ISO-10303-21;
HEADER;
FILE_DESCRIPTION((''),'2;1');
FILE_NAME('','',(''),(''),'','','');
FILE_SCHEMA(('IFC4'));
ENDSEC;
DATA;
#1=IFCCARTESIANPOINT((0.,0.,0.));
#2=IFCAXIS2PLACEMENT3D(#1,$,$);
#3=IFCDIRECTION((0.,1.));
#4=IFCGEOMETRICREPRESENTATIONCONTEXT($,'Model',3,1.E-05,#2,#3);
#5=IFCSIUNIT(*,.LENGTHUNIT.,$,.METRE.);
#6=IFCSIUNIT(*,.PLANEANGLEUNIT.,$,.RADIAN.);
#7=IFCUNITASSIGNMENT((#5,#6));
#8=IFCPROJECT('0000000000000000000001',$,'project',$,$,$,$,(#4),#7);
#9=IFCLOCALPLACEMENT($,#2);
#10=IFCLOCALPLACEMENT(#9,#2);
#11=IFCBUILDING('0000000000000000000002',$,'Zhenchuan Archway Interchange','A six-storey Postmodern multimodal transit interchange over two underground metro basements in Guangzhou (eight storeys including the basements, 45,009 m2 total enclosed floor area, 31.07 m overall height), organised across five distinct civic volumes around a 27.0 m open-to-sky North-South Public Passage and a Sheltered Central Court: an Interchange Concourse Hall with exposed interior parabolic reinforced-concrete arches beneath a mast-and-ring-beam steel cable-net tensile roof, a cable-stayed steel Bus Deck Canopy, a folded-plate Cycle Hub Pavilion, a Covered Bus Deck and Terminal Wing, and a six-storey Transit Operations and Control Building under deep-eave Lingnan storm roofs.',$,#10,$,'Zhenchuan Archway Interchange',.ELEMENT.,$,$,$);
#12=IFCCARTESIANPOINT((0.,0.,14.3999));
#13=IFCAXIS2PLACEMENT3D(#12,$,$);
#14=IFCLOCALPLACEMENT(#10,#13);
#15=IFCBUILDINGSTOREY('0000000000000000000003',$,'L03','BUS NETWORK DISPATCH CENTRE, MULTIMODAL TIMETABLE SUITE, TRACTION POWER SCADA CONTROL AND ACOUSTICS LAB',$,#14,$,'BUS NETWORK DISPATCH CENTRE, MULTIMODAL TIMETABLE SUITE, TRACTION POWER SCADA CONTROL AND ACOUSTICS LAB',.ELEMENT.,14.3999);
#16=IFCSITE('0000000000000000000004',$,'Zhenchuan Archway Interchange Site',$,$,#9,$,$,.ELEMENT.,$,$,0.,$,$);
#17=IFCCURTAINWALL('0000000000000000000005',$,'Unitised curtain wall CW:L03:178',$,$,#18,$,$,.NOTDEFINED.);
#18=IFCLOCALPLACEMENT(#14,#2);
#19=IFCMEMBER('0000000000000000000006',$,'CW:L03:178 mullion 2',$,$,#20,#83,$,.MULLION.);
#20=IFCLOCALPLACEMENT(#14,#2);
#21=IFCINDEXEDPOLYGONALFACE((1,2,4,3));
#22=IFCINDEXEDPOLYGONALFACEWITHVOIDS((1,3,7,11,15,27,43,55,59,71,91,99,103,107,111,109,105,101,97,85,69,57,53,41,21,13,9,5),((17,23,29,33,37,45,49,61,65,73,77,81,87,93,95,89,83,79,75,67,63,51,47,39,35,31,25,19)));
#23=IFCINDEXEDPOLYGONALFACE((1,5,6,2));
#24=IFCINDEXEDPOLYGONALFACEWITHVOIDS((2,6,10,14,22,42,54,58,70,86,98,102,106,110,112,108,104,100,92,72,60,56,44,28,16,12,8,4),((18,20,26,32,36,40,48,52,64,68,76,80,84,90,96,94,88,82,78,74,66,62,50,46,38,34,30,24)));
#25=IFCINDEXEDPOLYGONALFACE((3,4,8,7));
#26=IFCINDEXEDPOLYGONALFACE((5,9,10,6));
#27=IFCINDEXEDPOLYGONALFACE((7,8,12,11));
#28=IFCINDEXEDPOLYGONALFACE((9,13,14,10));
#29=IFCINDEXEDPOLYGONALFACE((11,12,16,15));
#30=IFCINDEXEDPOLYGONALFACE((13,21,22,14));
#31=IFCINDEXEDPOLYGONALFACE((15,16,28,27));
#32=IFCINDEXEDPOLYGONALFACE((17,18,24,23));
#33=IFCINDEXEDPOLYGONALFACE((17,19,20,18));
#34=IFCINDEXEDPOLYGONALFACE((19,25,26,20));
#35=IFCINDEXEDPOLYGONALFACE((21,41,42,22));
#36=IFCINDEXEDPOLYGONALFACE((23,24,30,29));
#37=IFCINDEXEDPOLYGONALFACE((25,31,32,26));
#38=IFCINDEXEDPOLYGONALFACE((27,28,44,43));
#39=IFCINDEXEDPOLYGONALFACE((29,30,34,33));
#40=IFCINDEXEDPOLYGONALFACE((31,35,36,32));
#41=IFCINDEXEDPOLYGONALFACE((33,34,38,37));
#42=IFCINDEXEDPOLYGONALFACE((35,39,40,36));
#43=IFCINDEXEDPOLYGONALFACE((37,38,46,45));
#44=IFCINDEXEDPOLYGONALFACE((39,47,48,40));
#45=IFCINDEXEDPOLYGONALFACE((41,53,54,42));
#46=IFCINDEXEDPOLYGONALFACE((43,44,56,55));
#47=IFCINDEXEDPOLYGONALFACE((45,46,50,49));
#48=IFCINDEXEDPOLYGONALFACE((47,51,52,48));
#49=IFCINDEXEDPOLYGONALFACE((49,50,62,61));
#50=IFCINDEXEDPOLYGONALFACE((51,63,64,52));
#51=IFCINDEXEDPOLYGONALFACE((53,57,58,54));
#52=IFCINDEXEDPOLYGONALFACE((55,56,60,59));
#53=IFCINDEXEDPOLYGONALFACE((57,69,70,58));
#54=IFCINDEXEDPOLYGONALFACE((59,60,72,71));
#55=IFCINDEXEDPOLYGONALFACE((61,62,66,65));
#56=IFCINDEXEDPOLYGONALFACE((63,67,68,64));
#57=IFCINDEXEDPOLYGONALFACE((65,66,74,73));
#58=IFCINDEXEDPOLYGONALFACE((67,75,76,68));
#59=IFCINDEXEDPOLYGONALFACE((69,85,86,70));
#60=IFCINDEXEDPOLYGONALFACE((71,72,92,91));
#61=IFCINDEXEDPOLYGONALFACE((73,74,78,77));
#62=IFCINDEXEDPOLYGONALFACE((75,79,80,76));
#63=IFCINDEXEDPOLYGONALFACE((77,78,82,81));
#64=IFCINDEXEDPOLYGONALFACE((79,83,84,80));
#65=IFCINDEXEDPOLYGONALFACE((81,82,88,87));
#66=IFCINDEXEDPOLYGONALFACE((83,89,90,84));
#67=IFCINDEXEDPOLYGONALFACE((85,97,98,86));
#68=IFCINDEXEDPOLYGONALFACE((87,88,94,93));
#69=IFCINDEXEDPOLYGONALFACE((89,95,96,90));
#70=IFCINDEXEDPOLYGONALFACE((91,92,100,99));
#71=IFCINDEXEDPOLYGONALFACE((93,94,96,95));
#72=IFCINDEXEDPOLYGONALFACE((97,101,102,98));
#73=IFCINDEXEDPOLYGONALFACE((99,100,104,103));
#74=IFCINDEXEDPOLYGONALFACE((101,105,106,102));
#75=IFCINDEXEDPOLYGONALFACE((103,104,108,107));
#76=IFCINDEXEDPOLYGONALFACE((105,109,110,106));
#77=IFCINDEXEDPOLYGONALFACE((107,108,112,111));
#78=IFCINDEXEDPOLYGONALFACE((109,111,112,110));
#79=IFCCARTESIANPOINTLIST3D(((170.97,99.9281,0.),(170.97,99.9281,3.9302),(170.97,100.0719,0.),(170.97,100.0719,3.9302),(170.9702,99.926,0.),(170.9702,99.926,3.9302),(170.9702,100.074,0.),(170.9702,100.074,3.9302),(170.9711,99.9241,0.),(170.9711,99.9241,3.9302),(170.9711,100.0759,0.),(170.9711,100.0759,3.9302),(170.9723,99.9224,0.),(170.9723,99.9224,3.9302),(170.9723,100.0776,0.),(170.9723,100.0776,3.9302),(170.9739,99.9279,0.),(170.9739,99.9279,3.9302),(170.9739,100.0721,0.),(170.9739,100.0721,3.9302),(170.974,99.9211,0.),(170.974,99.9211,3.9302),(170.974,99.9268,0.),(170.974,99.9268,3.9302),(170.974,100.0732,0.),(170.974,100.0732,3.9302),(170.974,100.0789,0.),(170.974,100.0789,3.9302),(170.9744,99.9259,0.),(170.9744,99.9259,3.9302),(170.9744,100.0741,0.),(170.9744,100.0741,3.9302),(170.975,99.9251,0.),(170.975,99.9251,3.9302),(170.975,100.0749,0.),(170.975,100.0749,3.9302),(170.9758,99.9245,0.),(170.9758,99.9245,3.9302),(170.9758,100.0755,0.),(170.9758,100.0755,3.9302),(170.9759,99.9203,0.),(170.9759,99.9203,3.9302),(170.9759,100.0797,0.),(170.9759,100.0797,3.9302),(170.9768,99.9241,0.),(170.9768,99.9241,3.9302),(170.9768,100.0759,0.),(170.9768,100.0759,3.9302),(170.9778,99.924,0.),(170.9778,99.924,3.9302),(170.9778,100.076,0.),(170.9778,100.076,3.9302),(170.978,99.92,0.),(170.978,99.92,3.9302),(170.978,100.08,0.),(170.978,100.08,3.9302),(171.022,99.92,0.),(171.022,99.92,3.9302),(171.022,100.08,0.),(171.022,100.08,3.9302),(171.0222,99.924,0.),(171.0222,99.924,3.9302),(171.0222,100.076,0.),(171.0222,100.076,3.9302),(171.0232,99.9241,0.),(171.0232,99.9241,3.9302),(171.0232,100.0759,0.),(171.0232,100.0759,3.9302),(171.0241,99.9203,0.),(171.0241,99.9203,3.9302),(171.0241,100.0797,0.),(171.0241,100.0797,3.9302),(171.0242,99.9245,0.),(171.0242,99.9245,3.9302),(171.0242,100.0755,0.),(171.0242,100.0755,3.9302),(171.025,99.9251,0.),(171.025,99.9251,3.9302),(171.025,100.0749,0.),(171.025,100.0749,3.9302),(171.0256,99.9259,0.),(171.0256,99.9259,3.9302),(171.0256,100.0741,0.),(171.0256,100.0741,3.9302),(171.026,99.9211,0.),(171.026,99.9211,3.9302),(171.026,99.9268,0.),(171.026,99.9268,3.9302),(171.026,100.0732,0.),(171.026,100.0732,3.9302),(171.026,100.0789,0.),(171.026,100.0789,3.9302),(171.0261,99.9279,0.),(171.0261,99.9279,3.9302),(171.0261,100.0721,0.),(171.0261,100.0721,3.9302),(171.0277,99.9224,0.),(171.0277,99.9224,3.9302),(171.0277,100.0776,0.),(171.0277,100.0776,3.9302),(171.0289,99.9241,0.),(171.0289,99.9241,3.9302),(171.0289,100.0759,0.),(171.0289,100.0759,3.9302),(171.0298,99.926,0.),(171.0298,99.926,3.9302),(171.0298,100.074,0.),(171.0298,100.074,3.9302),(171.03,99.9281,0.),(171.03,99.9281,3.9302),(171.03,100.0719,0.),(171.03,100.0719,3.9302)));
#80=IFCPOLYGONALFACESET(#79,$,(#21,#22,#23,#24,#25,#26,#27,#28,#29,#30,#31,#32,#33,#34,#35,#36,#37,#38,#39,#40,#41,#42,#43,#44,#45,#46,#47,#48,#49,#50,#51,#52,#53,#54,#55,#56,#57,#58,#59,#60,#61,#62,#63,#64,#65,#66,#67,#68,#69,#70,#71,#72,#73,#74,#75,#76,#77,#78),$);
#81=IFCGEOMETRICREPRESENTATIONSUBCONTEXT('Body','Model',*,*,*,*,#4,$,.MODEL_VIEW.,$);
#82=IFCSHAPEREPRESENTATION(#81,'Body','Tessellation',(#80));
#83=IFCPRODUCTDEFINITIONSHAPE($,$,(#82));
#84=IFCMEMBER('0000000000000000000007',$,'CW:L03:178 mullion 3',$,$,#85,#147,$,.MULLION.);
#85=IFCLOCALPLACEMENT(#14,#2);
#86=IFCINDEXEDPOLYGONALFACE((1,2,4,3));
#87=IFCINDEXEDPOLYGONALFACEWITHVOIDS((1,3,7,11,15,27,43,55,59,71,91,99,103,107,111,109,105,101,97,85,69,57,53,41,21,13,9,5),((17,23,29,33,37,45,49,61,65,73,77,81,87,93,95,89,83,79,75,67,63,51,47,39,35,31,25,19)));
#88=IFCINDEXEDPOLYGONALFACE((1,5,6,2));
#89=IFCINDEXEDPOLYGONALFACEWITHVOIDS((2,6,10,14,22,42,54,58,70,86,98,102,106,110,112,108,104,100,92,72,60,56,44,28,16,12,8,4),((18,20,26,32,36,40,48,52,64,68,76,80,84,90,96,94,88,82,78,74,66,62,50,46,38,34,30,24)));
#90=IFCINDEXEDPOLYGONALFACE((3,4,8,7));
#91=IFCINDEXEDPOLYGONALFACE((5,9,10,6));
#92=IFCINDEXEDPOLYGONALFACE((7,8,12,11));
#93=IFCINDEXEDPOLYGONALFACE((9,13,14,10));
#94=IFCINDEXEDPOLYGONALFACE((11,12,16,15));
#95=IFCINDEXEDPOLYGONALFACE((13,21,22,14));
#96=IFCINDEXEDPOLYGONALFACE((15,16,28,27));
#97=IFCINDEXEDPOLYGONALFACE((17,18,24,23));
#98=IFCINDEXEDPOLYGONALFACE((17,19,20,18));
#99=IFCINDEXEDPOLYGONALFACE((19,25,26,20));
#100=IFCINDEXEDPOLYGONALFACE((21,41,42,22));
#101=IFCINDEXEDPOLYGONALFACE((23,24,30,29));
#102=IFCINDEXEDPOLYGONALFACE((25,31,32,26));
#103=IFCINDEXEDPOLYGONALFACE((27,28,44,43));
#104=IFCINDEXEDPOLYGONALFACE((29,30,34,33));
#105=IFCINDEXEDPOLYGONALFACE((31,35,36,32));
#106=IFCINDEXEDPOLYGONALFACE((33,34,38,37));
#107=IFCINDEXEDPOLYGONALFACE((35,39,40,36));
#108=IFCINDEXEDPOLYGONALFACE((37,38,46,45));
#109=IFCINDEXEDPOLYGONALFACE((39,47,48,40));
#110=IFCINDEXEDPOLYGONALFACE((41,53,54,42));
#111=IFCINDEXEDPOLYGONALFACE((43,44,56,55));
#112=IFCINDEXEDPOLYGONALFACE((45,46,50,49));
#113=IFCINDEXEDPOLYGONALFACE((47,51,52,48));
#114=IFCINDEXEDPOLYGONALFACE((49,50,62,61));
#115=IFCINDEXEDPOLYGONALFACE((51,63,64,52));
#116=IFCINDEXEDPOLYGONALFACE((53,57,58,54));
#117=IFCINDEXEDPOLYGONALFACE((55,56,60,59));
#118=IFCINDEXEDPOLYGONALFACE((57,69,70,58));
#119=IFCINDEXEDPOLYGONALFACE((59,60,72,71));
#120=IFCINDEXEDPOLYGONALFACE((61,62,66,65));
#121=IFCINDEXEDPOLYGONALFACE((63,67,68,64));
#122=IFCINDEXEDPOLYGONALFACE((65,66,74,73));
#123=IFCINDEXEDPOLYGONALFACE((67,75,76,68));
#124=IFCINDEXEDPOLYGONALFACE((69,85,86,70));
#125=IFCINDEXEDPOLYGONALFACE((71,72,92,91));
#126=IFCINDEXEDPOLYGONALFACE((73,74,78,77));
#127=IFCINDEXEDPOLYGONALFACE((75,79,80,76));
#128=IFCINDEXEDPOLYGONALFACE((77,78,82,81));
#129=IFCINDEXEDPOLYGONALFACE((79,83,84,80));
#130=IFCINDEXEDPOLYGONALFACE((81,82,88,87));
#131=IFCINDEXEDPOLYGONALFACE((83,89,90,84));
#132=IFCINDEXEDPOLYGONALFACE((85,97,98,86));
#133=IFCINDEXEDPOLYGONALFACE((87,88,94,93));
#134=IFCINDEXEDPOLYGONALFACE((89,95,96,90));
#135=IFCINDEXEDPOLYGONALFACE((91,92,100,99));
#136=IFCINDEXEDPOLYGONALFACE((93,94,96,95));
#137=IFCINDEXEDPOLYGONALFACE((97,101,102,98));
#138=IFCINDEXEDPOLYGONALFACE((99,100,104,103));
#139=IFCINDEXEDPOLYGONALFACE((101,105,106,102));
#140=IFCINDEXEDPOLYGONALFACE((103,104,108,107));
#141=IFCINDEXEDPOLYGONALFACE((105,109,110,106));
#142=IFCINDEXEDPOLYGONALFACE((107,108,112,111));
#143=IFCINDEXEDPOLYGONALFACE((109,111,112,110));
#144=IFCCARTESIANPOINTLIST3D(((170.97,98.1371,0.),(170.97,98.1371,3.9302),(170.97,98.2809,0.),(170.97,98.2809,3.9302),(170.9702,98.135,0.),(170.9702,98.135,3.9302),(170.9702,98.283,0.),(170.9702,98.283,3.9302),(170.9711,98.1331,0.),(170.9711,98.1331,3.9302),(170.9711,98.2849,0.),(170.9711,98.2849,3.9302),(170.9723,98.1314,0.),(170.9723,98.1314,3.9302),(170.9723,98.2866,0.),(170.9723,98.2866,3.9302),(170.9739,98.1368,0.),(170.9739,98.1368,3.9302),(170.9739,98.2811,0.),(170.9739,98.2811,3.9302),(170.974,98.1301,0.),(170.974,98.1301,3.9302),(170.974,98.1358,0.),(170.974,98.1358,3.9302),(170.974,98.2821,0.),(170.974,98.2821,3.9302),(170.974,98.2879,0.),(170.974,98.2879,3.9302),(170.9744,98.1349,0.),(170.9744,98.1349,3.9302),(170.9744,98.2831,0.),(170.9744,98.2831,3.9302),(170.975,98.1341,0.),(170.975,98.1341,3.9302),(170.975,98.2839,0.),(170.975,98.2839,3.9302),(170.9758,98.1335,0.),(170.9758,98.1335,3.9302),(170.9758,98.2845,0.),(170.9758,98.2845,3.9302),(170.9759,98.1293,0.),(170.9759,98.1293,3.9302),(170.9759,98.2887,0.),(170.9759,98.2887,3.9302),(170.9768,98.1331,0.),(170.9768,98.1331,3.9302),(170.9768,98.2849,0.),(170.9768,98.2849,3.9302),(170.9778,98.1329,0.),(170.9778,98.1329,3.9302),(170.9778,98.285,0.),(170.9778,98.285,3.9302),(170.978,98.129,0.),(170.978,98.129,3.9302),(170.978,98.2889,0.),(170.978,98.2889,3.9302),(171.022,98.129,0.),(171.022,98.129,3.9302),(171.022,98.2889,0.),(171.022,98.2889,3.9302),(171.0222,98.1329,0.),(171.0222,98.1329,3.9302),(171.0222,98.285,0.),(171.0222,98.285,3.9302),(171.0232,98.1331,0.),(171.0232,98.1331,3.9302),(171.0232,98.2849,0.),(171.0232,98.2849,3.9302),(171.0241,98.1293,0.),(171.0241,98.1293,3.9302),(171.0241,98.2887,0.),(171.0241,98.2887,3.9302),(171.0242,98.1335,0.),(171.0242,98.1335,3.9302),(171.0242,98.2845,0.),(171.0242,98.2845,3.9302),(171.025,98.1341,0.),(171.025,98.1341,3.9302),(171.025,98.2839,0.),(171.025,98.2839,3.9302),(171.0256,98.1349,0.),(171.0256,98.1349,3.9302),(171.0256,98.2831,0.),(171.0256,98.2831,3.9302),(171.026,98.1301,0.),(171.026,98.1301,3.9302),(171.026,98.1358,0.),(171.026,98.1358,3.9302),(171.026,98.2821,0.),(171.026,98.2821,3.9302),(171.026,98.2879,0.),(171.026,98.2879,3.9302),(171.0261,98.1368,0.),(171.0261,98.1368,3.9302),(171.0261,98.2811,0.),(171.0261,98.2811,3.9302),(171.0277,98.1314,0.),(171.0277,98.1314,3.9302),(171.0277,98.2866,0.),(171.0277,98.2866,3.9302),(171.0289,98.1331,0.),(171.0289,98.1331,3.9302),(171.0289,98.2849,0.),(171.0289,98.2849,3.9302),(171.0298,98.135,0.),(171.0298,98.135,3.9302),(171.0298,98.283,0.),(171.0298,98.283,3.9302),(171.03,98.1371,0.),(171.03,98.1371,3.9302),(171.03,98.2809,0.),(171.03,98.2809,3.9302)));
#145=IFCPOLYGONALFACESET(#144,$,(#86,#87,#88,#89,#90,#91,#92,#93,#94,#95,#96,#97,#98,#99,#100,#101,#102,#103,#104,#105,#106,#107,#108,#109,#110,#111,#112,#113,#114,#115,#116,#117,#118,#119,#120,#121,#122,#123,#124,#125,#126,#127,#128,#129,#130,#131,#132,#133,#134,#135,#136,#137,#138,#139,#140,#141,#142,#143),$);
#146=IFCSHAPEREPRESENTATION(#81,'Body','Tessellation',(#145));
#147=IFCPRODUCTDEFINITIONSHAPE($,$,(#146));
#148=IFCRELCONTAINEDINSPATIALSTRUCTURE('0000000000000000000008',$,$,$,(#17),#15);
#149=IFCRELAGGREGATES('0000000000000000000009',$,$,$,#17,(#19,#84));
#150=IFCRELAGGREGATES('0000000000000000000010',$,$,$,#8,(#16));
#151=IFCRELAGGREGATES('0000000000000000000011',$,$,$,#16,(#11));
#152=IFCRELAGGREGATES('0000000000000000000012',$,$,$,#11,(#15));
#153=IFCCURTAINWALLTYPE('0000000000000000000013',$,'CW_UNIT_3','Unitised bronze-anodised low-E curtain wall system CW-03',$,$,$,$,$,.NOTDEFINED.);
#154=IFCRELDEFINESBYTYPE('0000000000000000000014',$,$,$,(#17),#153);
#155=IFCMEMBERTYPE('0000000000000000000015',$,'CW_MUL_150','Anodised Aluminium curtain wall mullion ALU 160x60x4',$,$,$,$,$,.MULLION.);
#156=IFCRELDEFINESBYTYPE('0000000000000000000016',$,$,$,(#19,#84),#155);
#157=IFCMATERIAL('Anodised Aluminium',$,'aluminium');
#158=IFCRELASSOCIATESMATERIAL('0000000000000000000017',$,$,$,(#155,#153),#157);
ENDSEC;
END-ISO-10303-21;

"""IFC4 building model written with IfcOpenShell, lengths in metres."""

from ifc_helpers import new_model, si_unit, direction, frame, origin, origin_2d, place, context, subcontext, project, spatial, hollow_rectangle, extrude, material, material_profile, profile_set, type_object, element, aggregate, save


model = new_model("IFC4")

# Units and contexts
model_context = context("Model", 3, precision=1e-05, world=origin(), true_north=direction((0.0, 1.0)))
body_context = subcontext(model_context, "Body", "Model", "MODEL_VIEW")
ifc_project = project(units=[si_unit("LENGTHUNIT", "METRE"), si_unit("PLANEANGLEUNIT", "RADIAN")], contexts=[model_context])

# Site, building, storey
site_placement = place(None, origin())
site = spatial("IfcSite", under=ifc_project, at=site_placement, Name="Zhenchuan Archway Interchange Site", CompositionType="ELEMENT", RefElevation=0.0)
building_placement = place(site_placement, origin())
building = spatial("IfcBuilding", under=site, at=building_placement, Name="Zhenchuan Archway Interchange", Description="A six-storey Postmodern multimodal transit interchange over two underground metro basements in Guangzhou (eight storeys including the basements, 45,009 m2 total enclosed floor area, 31.07 m overall height), organised across five distinct civic volumes around a 27.0 m open-to-sky North-South Public Passage and a Sheltered Central Court: an Interchange Concourse Hall with exposed interior parabolic reinforced-concrete arches beneath a mast-and-ring-beam steel cable-net tensile roof, a cable-stayed steel Bus Deck Canopy, a folded-plate Cycle Hub Pavilion, a Covered Bus Deck and Terminal Wing, and a six-storey Transit Operations and Control Building under deep-eave Lingnan storm roofs.", LongName="Zhenchuan Archway Interchange", CompositionType="ELEMENT")
storey_placement = place(building_placement, frame((0.0, 0.0, 14.3999)))
storey = spatial("IfcBuildingStorey", under=building, at=storey_placement, Name="L03", Description="BUS NETWORK DISPATCH CENTRE, MULTIMODAL TIMETABLE SUITE, TRACTION POWER SCADA CONTROL AND ACOUSTICS LAB", LongName="BUS NETWORK DISPATCH CENTRE, MULTIMODAL TIMETABLE SUITE, TRACTION POWER SCADA CONTROL AND ACOUSTICS LAB", CompositionType="ELEMENT", Elevation=14.3999)

# Curtain wall, members
ifc_material_1 = material(Name="Anodised Aluminium", Category="aluminium")
ifc_material_profile_1 = material_profile(ifc_material_1, hollow_rectangle(XDim=0.0601, YDim=0.1599, WallThickness=0.0039, InnerFilletRadius=0.0039, OuterFilletRadius=0.0081, at=origin_2d()), Name="ALU 160x60x4")
ifc_profile_set_1 = profile_set([ifc_material_profile_1], Name="Anodised Aluminium")
member_type_1 = type_object("IfcMemberType", Name="CW_MUL_150", Description="Anodised Aluminium curtain wall mullion ALU 160x60x4", PredefinedType="MULLION", material=ifc_profile_set_1)
curtain_wall_type_1 = type_object("IfcCurtainWallType", Name="CW_UNIT_3", Description="Unitised bronze-anodised low-E curtain wall system CW-03", PredefinedType="NOTDEFINED", material=ifc_material_1)
curtain_wall_1_placement = place(storey_placement, origin())
curtain_wall_1 = element("IfcCurtainWall", 1, at=curtain_wall_1_placement, inside=storey, type_object=curtain_wall_type_1, Name="Unitised curtain wall CW:L03:178", PredefinedType="NOTDEFINED")
member_1_placement = place(storey_placement, frame((171.0, 100.0, 0.0), z_axis=(0.0, 0.0, 1.0), x_axis=(1.0, 0.0, 0.0)))
member_1 = element("IfcMember", 2, at=member_1_placement, type_object=member_type_1, Name="CW:L03:178 mullion 2", PredefinedType="MULLION", context=body_context, shape_type="SweptSolid", body=[
    extrude(hollow_rectangle(XDim=0.0601, YDim=0.1599, WallThickness=0.0039, InnerFilletRadius=0.0039, OuterFilletRadius=0.0081, at=origin_2d()), origin(), (0.0, 0.0, 1.0), 3.9302),
])
member_2_placement = place(storey_placement, frame((171.0, 98.209, 0.0), z_axis=(0.0, 0.0, 1.0), x_axis=(1.0, 0.0, 0.0)))
member_2 = element("IfcMember", 3, at=member_2_placement, type_object=member_type_1, Name="CW:L03:178 mullion 3", PredefinedType="MULLION", context=body_context, shape_type="SweptSolid", body=[
    extrude(hollow_rectangle(XDim=0.0601, YDim=0.1599, WallThickness=0.0039, InnerFilletRadius=0.0039, OuterFilletRadius=0.0081, at=origin_2d()), origin(), (0.0, 0.0, 1.0), 3.9302),
])

aggregate(curtain_wall_1, [member_1, member_2])

save(model, "model.ifc")
